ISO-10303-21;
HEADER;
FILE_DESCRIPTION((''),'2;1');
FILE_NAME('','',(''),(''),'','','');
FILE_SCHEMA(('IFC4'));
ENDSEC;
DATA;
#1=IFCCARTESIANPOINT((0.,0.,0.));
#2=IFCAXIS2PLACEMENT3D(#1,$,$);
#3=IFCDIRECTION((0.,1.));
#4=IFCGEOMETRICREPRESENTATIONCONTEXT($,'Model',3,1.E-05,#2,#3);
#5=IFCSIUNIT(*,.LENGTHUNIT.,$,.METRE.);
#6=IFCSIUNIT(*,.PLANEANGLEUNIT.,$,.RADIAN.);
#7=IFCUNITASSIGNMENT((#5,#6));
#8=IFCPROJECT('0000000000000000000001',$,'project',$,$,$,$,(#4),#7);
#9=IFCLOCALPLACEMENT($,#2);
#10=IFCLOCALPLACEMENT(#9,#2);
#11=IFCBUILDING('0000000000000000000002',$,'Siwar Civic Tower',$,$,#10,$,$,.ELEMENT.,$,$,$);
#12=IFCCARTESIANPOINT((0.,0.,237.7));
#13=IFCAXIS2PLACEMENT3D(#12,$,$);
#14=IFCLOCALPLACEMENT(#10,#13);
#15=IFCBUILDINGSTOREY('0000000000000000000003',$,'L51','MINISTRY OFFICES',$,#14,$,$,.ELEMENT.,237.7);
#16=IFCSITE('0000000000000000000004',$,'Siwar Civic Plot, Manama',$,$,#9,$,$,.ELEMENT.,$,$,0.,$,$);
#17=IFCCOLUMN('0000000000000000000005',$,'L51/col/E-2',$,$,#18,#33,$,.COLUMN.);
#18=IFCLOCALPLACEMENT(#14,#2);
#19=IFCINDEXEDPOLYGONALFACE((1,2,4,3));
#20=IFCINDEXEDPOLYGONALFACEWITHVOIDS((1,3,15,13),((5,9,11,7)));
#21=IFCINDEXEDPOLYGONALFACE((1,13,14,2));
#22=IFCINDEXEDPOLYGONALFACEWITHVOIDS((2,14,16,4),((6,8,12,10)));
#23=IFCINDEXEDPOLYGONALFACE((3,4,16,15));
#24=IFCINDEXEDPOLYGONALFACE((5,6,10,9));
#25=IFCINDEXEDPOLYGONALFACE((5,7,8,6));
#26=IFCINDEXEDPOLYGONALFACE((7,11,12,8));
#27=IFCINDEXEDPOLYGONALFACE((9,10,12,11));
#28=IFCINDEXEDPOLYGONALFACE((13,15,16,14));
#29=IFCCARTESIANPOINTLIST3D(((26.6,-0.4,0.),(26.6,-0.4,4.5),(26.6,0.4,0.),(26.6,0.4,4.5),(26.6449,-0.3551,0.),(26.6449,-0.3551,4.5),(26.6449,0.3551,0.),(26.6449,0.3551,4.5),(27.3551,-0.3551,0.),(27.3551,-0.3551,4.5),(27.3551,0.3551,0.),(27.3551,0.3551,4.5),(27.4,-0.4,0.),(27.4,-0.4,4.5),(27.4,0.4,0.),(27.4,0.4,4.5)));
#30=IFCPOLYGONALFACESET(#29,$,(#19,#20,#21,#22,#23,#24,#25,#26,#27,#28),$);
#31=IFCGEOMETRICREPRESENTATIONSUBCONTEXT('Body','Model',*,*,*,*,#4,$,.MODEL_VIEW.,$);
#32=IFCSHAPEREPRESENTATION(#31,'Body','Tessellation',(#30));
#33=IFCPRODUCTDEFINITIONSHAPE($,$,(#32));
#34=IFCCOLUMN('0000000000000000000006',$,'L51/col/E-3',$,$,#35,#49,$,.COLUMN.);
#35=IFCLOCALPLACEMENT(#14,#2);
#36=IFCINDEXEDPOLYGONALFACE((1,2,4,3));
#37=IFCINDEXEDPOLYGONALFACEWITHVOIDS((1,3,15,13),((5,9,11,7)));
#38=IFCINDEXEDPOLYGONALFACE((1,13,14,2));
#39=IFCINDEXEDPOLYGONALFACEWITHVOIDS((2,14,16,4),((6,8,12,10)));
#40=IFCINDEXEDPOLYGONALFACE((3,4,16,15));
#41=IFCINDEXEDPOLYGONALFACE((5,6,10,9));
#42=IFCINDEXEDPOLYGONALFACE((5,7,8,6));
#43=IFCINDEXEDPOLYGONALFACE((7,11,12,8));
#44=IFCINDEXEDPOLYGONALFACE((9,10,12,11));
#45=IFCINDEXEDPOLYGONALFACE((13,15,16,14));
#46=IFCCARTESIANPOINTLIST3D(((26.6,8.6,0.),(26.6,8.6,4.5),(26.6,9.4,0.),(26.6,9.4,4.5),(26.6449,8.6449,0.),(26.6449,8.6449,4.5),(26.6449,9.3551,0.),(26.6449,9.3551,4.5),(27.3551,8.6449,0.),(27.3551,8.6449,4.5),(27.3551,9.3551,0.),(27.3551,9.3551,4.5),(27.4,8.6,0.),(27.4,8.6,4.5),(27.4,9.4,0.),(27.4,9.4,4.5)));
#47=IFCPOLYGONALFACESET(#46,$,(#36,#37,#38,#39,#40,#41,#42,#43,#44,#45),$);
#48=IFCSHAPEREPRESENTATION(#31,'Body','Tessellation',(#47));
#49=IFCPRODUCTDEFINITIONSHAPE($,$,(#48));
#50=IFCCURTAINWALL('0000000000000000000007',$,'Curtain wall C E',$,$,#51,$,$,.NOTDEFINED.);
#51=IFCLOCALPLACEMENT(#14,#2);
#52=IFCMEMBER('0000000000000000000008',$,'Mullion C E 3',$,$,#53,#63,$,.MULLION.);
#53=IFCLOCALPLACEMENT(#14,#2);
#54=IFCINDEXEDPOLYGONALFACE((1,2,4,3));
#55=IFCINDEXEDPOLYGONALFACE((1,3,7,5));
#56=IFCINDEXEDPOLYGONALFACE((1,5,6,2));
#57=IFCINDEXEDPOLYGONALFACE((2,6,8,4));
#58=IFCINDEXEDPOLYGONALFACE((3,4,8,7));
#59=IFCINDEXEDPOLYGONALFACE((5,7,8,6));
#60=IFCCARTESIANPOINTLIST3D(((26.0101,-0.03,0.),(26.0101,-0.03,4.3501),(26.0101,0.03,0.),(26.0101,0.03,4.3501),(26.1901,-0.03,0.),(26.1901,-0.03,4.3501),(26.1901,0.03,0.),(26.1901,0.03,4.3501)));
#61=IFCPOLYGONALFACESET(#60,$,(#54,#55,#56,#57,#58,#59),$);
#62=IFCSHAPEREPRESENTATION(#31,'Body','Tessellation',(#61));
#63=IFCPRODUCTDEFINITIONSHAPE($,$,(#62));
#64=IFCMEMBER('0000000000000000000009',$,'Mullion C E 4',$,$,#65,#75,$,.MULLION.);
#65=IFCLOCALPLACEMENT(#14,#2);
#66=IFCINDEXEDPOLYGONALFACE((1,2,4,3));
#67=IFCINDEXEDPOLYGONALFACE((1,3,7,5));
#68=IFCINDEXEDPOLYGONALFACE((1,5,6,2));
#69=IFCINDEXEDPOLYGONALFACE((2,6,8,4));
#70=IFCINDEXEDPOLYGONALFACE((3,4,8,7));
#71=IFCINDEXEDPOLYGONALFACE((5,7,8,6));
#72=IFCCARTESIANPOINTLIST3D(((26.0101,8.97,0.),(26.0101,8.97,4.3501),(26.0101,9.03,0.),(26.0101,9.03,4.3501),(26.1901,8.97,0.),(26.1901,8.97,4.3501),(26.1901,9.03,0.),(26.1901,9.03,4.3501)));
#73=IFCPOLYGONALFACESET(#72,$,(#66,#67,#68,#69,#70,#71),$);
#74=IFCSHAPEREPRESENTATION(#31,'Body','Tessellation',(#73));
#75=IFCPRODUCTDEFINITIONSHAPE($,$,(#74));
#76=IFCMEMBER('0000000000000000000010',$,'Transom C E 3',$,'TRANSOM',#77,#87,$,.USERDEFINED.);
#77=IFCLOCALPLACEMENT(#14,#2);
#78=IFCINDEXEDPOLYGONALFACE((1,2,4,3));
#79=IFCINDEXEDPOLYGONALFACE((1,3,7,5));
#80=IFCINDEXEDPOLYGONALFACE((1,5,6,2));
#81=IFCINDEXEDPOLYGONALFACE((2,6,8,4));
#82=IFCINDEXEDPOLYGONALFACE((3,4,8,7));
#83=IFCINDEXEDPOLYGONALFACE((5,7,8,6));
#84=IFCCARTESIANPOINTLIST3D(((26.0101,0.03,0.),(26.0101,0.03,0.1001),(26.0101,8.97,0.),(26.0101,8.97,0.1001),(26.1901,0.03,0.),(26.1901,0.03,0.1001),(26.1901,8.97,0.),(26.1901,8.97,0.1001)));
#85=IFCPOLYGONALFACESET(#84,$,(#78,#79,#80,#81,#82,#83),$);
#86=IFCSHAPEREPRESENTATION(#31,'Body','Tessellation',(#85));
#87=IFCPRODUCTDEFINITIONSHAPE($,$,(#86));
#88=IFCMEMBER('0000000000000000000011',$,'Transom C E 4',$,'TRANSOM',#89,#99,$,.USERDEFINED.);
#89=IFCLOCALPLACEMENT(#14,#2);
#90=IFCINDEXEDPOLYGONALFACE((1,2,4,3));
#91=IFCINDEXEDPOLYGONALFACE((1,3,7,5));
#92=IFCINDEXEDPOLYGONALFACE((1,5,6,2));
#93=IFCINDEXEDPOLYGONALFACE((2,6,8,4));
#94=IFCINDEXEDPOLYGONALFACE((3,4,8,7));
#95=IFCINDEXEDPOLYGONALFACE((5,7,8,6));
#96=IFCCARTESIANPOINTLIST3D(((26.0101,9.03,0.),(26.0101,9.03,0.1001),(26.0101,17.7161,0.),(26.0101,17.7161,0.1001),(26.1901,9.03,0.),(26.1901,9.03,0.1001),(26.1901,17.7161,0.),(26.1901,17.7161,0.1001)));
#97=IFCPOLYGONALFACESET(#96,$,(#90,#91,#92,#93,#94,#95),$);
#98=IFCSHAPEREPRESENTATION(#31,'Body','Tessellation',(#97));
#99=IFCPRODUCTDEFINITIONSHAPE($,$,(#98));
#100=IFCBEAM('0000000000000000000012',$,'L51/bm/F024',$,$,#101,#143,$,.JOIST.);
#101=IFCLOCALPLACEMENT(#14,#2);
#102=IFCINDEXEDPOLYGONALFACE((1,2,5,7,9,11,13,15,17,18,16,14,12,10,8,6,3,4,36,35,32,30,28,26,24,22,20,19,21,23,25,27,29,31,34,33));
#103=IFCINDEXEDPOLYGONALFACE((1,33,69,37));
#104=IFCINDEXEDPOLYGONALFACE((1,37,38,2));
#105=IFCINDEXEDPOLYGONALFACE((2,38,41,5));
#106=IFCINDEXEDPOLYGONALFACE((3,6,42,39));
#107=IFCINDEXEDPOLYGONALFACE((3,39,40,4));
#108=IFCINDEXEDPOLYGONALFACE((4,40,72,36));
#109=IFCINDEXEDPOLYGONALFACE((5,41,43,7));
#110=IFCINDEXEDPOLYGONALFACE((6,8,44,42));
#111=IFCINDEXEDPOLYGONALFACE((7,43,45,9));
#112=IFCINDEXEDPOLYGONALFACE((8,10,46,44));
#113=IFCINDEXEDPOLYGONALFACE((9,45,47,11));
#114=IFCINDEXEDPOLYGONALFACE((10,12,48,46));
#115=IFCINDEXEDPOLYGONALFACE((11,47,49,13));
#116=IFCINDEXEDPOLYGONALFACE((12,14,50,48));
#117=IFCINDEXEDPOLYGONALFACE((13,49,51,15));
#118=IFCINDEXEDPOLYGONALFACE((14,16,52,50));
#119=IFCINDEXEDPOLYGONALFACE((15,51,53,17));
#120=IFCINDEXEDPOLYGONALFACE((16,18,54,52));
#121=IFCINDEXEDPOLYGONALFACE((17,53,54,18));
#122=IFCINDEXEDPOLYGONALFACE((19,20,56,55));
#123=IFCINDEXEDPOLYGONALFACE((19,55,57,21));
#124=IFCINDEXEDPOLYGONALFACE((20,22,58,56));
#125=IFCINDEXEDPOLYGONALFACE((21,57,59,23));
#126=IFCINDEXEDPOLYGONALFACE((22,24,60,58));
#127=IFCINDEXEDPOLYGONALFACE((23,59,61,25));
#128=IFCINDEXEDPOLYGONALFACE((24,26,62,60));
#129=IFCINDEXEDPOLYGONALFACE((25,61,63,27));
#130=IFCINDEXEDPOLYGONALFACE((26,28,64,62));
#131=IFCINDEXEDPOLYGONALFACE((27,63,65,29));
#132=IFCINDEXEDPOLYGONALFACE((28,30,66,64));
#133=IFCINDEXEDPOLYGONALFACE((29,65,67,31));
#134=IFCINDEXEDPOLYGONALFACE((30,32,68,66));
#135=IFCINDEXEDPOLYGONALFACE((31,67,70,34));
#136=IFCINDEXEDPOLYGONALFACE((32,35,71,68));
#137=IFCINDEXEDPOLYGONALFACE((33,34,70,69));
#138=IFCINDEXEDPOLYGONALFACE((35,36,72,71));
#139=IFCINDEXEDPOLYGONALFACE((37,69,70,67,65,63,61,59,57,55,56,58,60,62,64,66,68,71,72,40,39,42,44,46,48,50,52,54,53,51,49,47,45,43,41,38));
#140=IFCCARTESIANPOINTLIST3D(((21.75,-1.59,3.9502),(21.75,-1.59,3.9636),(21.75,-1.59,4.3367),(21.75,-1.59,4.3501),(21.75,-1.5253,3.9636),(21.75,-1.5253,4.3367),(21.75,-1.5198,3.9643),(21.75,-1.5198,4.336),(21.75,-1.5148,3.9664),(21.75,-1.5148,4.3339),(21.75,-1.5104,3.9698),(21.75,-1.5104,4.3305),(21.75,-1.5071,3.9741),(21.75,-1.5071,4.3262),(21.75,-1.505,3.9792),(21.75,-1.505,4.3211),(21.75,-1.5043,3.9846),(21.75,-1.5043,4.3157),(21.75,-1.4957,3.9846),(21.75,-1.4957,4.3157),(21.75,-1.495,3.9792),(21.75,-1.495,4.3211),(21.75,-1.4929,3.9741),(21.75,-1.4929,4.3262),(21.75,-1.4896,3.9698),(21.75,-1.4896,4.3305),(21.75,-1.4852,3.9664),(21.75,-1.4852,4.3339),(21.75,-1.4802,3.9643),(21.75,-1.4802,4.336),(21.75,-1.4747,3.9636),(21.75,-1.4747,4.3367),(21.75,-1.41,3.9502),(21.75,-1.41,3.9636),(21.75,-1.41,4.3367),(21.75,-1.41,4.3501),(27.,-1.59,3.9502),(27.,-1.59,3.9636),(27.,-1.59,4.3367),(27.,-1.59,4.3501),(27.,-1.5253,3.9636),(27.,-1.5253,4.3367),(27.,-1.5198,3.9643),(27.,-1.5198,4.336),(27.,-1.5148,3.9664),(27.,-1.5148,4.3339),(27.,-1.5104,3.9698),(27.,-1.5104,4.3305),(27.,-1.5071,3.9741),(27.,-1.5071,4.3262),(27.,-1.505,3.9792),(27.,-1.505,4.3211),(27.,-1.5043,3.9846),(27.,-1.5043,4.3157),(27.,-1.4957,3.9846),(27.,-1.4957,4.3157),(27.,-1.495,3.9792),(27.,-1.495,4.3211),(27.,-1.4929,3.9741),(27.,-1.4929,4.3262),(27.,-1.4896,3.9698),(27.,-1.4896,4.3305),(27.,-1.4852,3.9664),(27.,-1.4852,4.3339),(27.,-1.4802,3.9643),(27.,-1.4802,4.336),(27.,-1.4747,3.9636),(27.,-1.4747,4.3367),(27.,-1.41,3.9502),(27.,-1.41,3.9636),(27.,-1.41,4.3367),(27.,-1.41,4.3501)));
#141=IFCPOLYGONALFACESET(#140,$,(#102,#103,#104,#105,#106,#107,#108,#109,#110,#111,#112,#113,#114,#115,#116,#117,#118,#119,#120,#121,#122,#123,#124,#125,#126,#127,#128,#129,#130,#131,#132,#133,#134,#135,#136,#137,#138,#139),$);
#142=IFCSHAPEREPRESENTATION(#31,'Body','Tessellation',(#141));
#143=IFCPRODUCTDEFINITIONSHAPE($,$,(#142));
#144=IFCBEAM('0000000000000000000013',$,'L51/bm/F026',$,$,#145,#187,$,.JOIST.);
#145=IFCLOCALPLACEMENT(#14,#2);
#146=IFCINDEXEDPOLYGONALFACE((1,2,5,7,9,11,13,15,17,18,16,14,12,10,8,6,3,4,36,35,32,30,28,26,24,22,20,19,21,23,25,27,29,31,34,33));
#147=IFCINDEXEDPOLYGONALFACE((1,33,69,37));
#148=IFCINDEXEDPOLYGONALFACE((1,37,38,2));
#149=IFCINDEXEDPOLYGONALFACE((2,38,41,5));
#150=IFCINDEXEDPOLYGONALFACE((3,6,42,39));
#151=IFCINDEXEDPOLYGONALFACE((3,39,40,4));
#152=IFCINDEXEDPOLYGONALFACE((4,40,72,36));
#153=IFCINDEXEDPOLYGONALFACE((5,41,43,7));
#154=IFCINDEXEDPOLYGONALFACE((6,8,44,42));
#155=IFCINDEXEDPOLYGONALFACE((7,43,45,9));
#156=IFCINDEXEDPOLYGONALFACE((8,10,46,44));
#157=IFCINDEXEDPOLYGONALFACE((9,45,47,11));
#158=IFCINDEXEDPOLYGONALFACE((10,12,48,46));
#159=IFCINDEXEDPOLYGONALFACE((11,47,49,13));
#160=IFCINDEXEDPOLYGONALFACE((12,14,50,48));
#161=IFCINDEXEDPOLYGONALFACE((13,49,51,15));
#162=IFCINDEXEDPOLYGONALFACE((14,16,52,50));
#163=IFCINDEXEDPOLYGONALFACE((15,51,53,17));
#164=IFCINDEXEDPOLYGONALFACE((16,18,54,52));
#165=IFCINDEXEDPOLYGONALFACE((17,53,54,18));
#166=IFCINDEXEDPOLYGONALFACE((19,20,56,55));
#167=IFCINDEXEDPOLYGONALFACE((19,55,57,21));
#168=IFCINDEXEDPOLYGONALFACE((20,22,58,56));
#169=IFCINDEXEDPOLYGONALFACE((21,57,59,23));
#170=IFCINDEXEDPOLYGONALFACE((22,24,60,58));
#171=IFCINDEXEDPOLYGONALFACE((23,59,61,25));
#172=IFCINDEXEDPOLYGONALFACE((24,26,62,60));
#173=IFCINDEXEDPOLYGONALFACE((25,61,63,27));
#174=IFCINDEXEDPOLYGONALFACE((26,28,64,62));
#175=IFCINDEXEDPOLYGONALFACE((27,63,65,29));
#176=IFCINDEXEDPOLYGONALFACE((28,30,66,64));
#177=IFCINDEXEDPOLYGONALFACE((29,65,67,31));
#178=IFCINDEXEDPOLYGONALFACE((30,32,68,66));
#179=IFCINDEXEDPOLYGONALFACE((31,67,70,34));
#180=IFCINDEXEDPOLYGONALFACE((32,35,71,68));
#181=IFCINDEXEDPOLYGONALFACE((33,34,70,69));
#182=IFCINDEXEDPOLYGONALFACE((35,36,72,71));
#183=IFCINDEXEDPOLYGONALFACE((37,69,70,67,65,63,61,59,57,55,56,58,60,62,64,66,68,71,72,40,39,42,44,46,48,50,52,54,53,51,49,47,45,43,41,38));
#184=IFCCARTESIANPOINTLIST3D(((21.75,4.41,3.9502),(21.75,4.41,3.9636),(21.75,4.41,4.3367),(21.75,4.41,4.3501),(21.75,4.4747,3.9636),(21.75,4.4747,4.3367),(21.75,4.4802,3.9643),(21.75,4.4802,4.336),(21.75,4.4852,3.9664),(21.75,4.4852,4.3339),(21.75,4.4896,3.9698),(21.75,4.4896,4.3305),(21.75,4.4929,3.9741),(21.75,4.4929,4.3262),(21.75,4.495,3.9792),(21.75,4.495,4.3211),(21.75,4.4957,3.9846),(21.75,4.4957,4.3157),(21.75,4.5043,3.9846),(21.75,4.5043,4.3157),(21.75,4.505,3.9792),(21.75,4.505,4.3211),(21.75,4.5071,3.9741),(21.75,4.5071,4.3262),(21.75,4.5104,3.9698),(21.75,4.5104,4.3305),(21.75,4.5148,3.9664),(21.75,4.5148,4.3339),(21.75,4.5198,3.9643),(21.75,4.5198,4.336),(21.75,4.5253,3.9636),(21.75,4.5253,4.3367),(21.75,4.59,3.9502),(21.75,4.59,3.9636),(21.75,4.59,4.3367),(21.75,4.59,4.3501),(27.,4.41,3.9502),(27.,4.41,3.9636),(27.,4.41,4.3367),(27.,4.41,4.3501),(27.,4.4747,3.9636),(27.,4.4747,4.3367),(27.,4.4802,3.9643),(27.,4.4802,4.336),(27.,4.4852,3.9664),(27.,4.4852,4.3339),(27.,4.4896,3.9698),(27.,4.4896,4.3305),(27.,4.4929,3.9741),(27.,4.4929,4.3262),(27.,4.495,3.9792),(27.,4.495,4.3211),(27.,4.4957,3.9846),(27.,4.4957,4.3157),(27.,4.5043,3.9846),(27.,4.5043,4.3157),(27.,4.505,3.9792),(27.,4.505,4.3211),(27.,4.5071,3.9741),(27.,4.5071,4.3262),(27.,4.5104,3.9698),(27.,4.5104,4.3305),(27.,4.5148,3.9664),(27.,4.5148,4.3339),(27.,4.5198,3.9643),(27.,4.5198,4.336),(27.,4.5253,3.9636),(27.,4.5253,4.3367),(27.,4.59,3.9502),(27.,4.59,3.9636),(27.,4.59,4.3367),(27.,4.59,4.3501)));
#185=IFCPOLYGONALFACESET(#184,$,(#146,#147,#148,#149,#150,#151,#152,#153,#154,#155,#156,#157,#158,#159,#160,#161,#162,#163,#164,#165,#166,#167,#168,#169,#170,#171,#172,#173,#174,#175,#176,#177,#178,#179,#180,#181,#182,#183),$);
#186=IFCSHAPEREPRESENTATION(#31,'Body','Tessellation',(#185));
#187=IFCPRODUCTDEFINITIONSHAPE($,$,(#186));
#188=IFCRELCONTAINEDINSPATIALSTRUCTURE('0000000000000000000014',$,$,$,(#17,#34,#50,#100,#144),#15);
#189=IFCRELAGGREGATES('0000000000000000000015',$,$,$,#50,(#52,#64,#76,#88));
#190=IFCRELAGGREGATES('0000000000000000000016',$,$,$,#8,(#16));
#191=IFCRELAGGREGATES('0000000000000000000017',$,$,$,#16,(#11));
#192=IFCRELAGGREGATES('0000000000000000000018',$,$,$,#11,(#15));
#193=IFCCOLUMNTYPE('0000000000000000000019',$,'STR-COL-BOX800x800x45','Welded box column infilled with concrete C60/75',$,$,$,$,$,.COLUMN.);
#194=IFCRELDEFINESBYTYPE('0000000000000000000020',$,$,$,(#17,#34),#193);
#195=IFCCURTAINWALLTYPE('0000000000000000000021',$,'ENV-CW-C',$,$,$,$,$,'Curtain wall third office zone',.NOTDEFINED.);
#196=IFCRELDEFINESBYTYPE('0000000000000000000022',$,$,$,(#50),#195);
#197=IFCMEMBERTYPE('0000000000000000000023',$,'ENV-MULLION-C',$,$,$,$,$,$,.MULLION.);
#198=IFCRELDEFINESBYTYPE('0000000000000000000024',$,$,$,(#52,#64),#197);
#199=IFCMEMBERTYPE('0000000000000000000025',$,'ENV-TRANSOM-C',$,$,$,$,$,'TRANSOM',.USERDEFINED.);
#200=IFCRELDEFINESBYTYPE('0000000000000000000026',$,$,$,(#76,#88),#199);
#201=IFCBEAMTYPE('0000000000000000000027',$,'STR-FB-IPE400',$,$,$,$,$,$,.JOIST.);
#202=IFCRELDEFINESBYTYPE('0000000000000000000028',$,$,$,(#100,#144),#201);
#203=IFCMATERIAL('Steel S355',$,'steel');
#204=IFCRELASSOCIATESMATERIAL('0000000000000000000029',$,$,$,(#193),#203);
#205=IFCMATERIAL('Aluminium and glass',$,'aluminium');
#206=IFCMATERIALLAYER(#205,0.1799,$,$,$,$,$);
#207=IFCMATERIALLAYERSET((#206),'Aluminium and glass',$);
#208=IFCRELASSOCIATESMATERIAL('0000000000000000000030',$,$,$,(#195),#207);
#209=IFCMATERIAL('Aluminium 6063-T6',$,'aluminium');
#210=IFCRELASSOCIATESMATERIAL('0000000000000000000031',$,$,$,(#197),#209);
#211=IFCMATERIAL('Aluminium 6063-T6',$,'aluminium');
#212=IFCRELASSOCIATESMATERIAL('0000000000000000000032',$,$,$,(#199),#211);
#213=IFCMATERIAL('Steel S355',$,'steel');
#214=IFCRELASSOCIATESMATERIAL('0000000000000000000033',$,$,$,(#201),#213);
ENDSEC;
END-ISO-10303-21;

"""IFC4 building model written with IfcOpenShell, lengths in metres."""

from ifc_helpers import new_model, si_unit, direction, frame, origin, origin_2d, place, context, subcontext, project, spatial, rectangle, hollow_rectangle, i_section, extrude, material, layer, layer_set, material_profile, profile_set, type_object, element, aggregate, save


model = new_model("IFC4")

# Units and contexts
model_context = context("Model", 3, precision=1e-05, world=origin(), true_north=direction((0.0, 1.0)))
body_context = subcontext(model_context, "Body", "Model", "MODEL_VIEW")
ifc_project = project(units=[si_unit("LENGTHUNIT", "METRE"), si_unit("PLANEANGLEUNIT", "RADIAN")], contexts=[model_context])

# Site, building, storey
site_placement = place(None, origin())
site = spatial("IfcSite", under=ifc_project, at=site_placement, Name="Siwar Civic Plot, Manama", CompositionType="ELEMENT", RefElevation=0.0)
building_placement = place(site_placement, origin())
building = spatial("IfcBuilding", under=site, at=building_placement, Name="Siwar Civic Tower", CompositionType="ELEMENT")
storey_placement = place(building_placement, frame((0.0, 0.0, 237.7)))
storey = spatial("IfcBuildingStorey", under=building, at=storey_placement, Name="L51", Description="MINISTRY OFFICES", CompositionType="ELEMENT", Elevation=237.7)

# Columns
ifc_material_1 = material(Name="Steel S355", Category="steel")
ifc_material_profile_1 = material_profile(ifc_material_1, hollow_rectangle(XDim=0.8, YDim=0.8, WallThickness=0.0449, at=origin_2d()), Name="BOX800x800x45")
ifc_profile_set_1 = profile_set([ifc_material_profile_1], Name="Steel S355")
column_type = type_object("IfcColumnType", Name="STR-COL-BOX800x800x45", Description="Welded box column infilled with concrete C60/75", PredefinedType="COLUMN", material=ifc_profile_set_1)
for number, where, z_axis, x_axis, name in (
    (1, (27.0, 0.0, 0.0), (0.0, 0.0, 1.0), (1.0, 0.0, 0.0), "L51/col/E-2"),
    (2, (27.0, 9.0, 0.0), (0.0, 0.0, 1.0), (1.0, 0.0, 0.0), "L51/col/E-3"),
):
    element("IfcColumn", number, at=place(storey_placement, frame(where, z_axis=z_axis, x_axis=x_axis)), inside=storey, type_object=column_type, Name=name, PredefinedType="COLUMN", context=body_context, shape_type="SweptSolid", body=[
        extrude(hollow_rectangle(XDim=0.8, YDim=0.8, WallThickness=0.0449, at=origin_2d()), origin(), (0.0, 0.0, 1.0), 4.5),
    ])

# Curtain wall, members
ifc_material_2 = material(Name="Aluminium and glass", Category="aluminium")
ifc_layer_1 = layer(ifc_material_2, 0.1799)
ifc_layer_set_1 = layer_set([ifc_layer_1], Name="Aluminium and glass")
curtain_wall_type = type_object("IfcCurtainWallType", Name="ENV-CW-C", ElementType="Curtain wall third office zone", PredefinedType="NOTDEFINED", material=ifc_layer_set_1)
curtain_wall_placement = place(storey_placement, origin())
curtain_wall = element("IfcCurtainWall", 3, at=curtain_wall_placement, inside=storey, type_object=curtain_wall_type, Name="Curtain wall C E", PredefinedType="NOTDEFINED")
ifc_material_3 = material(Name="Aluminium 6063-T6", Category="aluminium")
ifc_material_profile_2 = material_profile(ifc_material_3, rectangle(XDim=0.1799, YDim=0.0601, at=origin_2d()), Name="AL 180x60")
ifc_profile_set_2 = profile_set([ifc_material_profile_2], Name="Aluminium 6063-T6")
member_type_1 = type_object("IfcMemberType", Name="ENV-MULLION-C", PredefinedType="MULLION", material=ifc_profile_set_2)
member_1_placement = place(storey_placement, frame((26.1001, 0.0, 0.0), z_axis=(0.0, 0.0, 1.0), x_axis=(-1.0, 0.0, 0.0)))
member_1 = element("IfcMember", 4, at=member_1_placement, type_object=member_type_1, Name="Mullion C E 3", PredefinedType="MULLION", context=body_context, shape_type="SweptSolid", body=[
    extrude(rectangle(XDim=0.1799, YDim=0.0601, at=origin_2d()), origin(), (0.0, 0.0, 1.0), 4.3501),
])
member_2_placement = place(storey_placement, frame((26.1001, 9.0, 0.0), z_axis=(0.0, 0.0, 1.0), x_axis=(-1.0, 0.0, 0.0)))
member_2 = element("IfcMember", 5, at=member_2_placement, type_object=member_type_1, Name="Mullion C E 4", PredefinedType="MULLION", context=body_context, shape_type="SweptSolid", body=[
    extrude(rectangle(XDim=0.1799, YDim=0.0601, at=origin_2d()), origin(), (0.0, 0.0, 1.0), 4.3501),
])
ifc_material_4 = material(Name="Aluminium 6063-T6", Category="aluminium")
ifc_material_profile_3 = material_profile(ifc_material_4, rectangle(XDim=0.1799, YDim=0.1001, at=origin_2d()), Name="AL 180x100")
ifc_profile_set_3 = profile_set([ifc_material_profile_3], Name="Aluminium 6063-T6")
member_type_2 = type_object("IfcMemberType", Name="ENV-TRANSOM-C", ElementType="TRANSOM", PredefinedType="USERDEFINED", material=ifc_profile_set_3)
member_3_placement = place(storey_placement, frame((26.1001, 0.03, 0.05), z_axis=(0.0, 1.0, 0.0), x_axis=(-1.0, 0.0, 0.0)))
member_3 = element("IfcMember", 6, at=member_3_placement, type_object=member_type_2, Name="Transom C E 3", ObjectType="TRANSOM", PredefinedType="USERDEFINED", context=body_context, shape_type="SweptSolid", body=[
    extrude(rectangle(XDim=0.1799, YDim=0.1001, at=origin_2d()), origin(), (0.0, 0.0, 1.0), 8.9399),
])
member_4_placement = place(storey_placement, frame((26.1001, 9.03, 0.05), z_axis=(0.0, 1.0, 0.0), x_axis=(-1.0, 0.0, 0.0)))
member_4 = element("IfcMember", 7, at=member_4_placement, type_object=member_type_2, Name="Transom C E 4", ObjectType="TRANSOM", PredefinedType="USERDEFINED", context=body_context, shape_type="SweptSolid", body=[
    extrude(rectangle(XDim=0.1799, YDim=0.1001, at=origin_2d()), origin(), (0.0, 0.0, 1.0), 8.686),
])

# Beams
ifc_material_5 = material(Name="Steel S355", Category="steel")
ifc_material_profile_4 = material_profile(ifc_material_5, i_section(OverallWidth=0.1799, OverallDepth=0.3999, WebThickness=0.0085, FlangeThickness=0.0134, FilletRadius=0.021, at=origin_2d()), Name="IPE400")
ifc_profile_set_4 = profile_set([ifc_material_profile_4], Name="Steel S355")
beam_type_1 = type_object("IfcBeamType", Name="STR-FB-IPE400", PredefinedType="JOIST", material=ifc_profile_set_4)
for number, where, z_axis, x_axis, name in (
    (8, (21.75, -1.5, 4.1501), (1.0, 0.0, 0.0), (0.0, 1.0, 0.0), "L51/bm/F024"),
    (9, (21.75, 4.5, 4.1501), (1.0, 0.0, 0.0), (0.0, 1.0, 0.0), "L51/bm/F026"),
):
    element("IfcBeam", number, at=place(storey_placement, frame(where, z_axis=z_axis, x_axis=x_axis)), inside=storey, type_object=beam_type_1, Name=name, PredefinedType="JOIST", context=body_context, shape_type="SweptSolid", body=[
        extrude(i_section(OverallWidth=0.1799, OverallDepth=0.3999, WebThickness=0.0085, FlangeThickness=0.0134, FilletRadius=0.021, at=origin_2d()), origin(), (0.0, 0.0, 1.0), 5.25),
    ])

aggregate(curtain_wall, [member_1, member_2, member_3, member_4])

save(model, "model.ifc")
